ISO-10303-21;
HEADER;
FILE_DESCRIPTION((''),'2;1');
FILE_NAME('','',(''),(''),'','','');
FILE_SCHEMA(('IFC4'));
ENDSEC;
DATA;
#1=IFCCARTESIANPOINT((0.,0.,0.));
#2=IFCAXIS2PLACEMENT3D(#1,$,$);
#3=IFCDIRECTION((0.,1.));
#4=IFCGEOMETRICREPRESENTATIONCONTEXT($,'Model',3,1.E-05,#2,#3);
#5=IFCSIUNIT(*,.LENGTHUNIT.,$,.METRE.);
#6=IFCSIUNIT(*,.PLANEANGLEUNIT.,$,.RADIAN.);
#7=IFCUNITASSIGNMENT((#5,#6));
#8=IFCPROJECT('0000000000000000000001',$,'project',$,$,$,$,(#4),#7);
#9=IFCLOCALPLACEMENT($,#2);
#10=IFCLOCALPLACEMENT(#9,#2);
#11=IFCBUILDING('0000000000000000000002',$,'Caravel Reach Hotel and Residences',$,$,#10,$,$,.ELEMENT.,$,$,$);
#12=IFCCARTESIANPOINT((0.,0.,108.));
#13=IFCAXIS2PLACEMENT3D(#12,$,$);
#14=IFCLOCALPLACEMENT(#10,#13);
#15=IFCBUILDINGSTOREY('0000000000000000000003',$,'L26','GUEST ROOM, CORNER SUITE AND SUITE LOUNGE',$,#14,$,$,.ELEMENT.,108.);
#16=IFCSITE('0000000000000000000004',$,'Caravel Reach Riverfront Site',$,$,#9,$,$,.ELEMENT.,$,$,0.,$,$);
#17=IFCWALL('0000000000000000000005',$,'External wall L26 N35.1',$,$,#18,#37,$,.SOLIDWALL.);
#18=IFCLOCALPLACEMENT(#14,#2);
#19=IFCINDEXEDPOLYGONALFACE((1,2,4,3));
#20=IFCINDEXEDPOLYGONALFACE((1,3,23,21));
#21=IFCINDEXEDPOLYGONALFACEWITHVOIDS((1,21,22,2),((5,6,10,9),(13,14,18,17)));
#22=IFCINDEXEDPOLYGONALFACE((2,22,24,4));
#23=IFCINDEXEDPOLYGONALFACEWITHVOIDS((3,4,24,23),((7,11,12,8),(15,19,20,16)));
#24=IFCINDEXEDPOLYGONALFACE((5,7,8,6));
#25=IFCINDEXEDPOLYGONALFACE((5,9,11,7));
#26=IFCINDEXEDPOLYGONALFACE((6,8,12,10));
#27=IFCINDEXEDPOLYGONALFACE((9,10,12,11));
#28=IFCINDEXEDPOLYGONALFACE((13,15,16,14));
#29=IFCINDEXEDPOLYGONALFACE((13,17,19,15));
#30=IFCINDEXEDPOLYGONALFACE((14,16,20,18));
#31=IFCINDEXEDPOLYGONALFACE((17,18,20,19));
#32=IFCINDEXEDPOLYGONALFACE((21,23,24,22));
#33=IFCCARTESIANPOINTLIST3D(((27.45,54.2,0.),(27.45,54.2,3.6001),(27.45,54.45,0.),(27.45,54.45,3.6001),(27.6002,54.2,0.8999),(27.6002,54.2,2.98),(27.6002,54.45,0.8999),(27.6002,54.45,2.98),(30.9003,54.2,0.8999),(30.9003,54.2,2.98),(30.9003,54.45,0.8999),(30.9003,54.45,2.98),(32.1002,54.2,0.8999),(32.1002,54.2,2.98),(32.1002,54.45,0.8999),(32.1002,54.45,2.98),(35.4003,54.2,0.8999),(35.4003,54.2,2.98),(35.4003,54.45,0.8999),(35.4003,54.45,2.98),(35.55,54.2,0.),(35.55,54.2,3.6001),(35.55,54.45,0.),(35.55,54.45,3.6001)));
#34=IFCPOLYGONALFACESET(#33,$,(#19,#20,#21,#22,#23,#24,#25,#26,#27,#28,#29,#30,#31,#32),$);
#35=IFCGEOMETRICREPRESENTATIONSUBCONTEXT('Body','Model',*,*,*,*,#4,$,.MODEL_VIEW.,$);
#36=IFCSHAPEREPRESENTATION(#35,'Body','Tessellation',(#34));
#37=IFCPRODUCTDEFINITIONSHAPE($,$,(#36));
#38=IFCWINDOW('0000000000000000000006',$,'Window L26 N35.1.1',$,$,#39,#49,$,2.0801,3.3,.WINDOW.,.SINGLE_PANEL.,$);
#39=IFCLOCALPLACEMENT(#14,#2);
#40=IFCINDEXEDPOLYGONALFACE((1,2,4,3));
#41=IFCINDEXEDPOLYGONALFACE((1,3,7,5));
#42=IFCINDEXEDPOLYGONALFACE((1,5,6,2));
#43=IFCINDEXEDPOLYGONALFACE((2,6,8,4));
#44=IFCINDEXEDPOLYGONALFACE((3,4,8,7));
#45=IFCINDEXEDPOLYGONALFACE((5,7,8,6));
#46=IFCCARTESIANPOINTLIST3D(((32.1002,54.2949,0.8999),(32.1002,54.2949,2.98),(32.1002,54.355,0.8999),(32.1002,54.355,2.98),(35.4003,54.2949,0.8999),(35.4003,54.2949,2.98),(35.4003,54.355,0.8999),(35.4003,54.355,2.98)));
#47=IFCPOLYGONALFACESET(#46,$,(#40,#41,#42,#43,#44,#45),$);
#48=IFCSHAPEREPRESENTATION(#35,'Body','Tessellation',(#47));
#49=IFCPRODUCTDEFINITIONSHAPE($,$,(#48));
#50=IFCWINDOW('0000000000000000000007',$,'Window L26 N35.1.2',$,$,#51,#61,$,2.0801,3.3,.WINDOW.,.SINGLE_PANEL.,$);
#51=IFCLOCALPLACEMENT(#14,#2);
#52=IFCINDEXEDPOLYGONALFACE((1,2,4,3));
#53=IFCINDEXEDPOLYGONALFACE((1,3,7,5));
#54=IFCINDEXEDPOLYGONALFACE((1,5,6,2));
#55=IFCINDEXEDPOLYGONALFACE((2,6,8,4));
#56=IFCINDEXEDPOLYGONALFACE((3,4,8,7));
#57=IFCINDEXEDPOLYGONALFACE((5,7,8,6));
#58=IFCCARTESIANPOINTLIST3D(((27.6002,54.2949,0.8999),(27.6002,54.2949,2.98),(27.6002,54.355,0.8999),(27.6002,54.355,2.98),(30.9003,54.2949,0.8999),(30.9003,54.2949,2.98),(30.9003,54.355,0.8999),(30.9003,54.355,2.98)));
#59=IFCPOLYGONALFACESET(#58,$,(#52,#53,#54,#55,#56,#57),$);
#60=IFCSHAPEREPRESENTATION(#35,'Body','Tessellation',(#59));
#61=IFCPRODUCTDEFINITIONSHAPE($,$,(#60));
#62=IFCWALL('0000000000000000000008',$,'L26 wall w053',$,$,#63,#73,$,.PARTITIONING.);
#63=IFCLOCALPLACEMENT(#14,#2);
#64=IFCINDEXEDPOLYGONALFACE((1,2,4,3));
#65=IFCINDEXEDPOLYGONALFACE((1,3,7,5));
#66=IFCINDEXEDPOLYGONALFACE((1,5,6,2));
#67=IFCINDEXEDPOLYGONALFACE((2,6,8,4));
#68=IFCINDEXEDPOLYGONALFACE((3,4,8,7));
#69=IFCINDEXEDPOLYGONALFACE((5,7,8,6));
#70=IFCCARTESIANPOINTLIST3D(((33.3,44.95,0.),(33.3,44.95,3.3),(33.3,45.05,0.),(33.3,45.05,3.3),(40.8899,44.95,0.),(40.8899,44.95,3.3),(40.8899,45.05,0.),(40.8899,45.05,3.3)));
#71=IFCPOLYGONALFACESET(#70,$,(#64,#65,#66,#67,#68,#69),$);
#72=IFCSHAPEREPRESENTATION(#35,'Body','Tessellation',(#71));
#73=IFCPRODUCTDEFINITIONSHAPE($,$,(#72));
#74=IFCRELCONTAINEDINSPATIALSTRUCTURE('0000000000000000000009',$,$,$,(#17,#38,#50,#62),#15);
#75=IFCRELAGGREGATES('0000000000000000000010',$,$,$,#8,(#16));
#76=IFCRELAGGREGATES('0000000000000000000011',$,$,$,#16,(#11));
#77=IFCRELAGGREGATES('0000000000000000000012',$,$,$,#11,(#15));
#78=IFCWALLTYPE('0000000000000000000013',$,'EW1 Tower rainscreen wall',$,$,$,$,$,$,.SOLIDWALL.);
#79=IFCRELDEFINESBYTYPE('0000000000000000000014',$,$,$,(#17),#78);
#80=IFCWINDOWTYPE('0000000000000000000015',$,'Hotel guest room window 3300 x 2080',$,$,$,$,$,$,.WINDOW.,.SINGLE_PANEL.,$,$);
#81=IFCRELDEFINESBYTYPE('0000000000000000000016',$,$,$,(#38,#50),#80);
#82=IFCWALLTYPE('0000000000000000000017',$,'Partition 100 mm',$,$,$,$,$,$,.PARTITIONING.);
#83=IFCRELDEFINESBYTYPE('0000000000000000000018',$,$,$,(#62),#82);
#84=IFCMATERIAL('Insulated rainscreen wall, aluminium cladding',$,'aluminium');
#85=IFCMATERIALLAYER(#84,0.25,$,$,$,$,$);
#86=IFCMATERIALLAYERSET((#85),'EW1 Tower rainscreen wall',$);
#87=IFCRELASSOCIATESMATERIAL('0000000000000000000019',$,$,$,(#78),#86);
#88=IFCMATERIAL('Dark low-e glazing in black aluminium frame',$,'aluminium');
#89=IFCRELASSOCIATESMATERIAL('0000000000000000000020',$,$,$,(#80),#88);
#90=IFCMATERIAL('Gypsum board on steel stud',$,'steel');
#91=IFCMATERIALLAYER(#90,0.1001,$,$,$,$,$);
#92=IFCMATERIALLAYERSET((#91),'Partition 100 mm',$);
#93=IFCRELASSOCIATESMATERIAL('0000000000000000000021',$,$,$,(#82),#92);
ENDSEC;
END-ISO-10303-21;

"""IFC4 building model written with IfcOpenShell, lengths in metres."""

from ifc_helpers import new_model, si_unit, direction, frame, frame_2d, origin, place, context, subcontext, project, spatial, rectangle, extrude, material, layer, layer_set, type_object, element, fill, save


model = new_model("IFC4")

# Units and contexts
model_context = context("Model", 3, precision=1e-05, world=origin(), true_north=direction((0.0, 1.0)))
body_context = subcontext(model_context, "Body", "Model", "MODEL_VIEW")
ifc_project = project(units=[si_unit("LENGTHUNIT", "METRE"), si_unit("PLANEANGLEUNIT", "RADIAN")], contexts=[model_context])

# Site, building, storey
site_placement = place(None, origin())
site = spatial("IfcSite", under=ifc_project, at=site_placement, Name="Caravel Reach Riverfront Site", CompositionType="ELEMENT", RefElevation=0.0)
building_placement = place(site_placement, origin())
building = spatial("IfcBuilding", under=site, at=building_placement, Name="Caravel Reach Hotel and Residences", CompositionType="ELEMENT")
storey_placement = place(building_placement, frame((0.0, 0.0, 108.0)))
storey = spatial("IfcBuildingStorey", under=building, at=storey_placement, Name="L26", Description="GUEST ROOM, CORNER SUITE AND SUITE LOUNGE", CompositionType="ELEMENT", Elevation=108.0)

# Shared definitions
ifc_material_1 = material(Name="Insulated rainscreen wall, aluminium cladding", Category="aluminium")
ifc_layer_1 = layer(ifc_material_1, 0.25)
ifc_layer_set_1 = layer_set([ifc_layer_1], Name="EW1 Tower rainscreen wall")
wall_type_1 = type_object("IfcWallType", Name="EW1 Tower rainscreen wall", PredefinedType="SOLIDWALL", material=ifc_layer_set_1)
ifc_material_2 = material(Name="Dark low-e glazing in black aluminium frame", Category="aluminium")
window_type_1 = type_object("IfcWindowType", Name="Hotel guest room window 3300 x 2080", PartitioningType="SINGLE_PANEL", PredefinedType="WINDOW", material=ifc_material_2)

# Wall, openings, windows
wall_1_placement = place(storey_placement, frame((35.55, 54.325, 0.0), z_axis=(0.0, 0.0, 1.0), x_axis=(-1.0, 0.0, 0.0)))
wall_1 = element("IfcWall", 1, at=wall_1_placement, inside=storey, type_object=wall_type_1, Name="External wall L26 N35.1", PredefinedType="SOLIDWALL", context=body_context, shape_type="SweptSolid", body=[
    extrude(rectangle(XDim=8.1001, YDim=0.25, at=frame_2d((4.05, 0.0))), origin(), (0.0, 0.0, 1.0), 3.6001),
])
opening_1_placement = place(wall_1_placement, frame((0.1499, 0.0, 0.8999)))
opening_1 = element("IfcOpeningElement", 2, at=opening_1_placement, cuts=wall_1, PredefinedType="OPENING", context=body_context, shape_type="SweptSolid", body=[
    extrude(rectangle(XDim=3.3, YDim=2.0801, at=frame_2d((1.6499, 1.04))), frame((0.0, 0.135, 0.0), z_axis=(0.0, -1.0, 0.0), x_axis=(1.0, 0.0, 0.0)), (0.0, 0.0, 1.0), 0.27),
])
opening_2_placement = place(wall_1_placement, frame((4.6499, 0.0, 0.8999)))
opening_2 = element("IfcOpeningElement", 3, at=opening_2_placement, cuts=wall_1, PredefinedType="OPENING", context=body_context, shape_type="SweptSolid", body=[
    extrude(rectangle(XDim=3.3, YDim=2.0801, at=frame_2d((1.6499, 1.04))), frame((0.0, 0.135, 0.0), z_axis=(0.0, -1.0, 0.0), x_axis=(1.0, 0.0, 0.0)), (0.0, 0.0, 1.0), 0.27),
])
window_1_placement = place(opening_1_placement, origin())
window_1 = element("IfcWindow", 4, at=window_1_placement, inside=storey, type_object=window_type_1, Name="Window L26 N35.1.1", OverallHeight=2.0801, OverallWidth=3.3, PartitioningType="SINGLE_PANEL", PredefinedType="WINDOW", context=body_context, shape_type="SweptSolid", body=[
    extrude(rectangle(XDim=3.3, YDim=2.0801, at=frame_2d((1.6499, 1.04))), frame((0.0, 0.03, 0.0), z_axis=(0.0, -1.0, 0.0), x_axis=(1.0, 0.0, 0.0)), (0.0, 0.0, 1.0), 0.0601),
])
fill(opening_1, window_1)
window_2_placement = place(opening_2_placement, origin())
window_2 = element("IfcWindow", 5, at=window_2_placement, inside=storey, type_object=window_type_1, Name="Window L26 N35.1.2", OverallHeight=2.0801, OverallWidth=3.3, PartitioningType="SINGLE_PANEL", PredefinedType="WINDOW", context=body_context, shape_type="SweptSolid", body=[
    extrude(rectangle(XDim=3.3, YDim=2.0801, at=frame_2d((1.6499, 1.04))), frame((0.0, 0.03, 0.0), z_axis=(0.0, -1.0, 0.0), x_axis=(1.0, 0.0, 0.0)), (0.0, 0.0, 1.0), 0.0601),
])
fill(opening_2, window_2)

# Wall
ifc_material_3 = material(Name="Gypsum board on steel stud", Category="steel")
ifc_layer_2 = layer(ifc_material_3, 0.1001)
ifc_layer_set_2 = layer_set([ifc_layer_2], Name="Partition 100 mm")
wall_type_2 = type_object("IfcWallType", Name="Partition 100 mm", PredefinedType="PARTITIONING", material=ifc_layer_set_2)
wall_2_placement = place(storey_placement, frame((33.3, 45.0, 0.0), z_axis=(0.0, 0.0, 1.0), x_axis=(1.0, 0.0, 0.0)))
element("IfcWall", 6, at=wall_2_placement, inside=storey, type_object=wall_type_2, Name="L26 wall w053", PredefinedType="PARTITIONING", context=body_context, shape_type="SweptSolid", body=[
    extrude(rectangle(XDim=7.5898, YDim=0.1001, at=frame_2d((3.7949, 0.0))), origin(), (0.0, 0.0, 1.0), 3.3),
])

save(model, "model.ifc")
